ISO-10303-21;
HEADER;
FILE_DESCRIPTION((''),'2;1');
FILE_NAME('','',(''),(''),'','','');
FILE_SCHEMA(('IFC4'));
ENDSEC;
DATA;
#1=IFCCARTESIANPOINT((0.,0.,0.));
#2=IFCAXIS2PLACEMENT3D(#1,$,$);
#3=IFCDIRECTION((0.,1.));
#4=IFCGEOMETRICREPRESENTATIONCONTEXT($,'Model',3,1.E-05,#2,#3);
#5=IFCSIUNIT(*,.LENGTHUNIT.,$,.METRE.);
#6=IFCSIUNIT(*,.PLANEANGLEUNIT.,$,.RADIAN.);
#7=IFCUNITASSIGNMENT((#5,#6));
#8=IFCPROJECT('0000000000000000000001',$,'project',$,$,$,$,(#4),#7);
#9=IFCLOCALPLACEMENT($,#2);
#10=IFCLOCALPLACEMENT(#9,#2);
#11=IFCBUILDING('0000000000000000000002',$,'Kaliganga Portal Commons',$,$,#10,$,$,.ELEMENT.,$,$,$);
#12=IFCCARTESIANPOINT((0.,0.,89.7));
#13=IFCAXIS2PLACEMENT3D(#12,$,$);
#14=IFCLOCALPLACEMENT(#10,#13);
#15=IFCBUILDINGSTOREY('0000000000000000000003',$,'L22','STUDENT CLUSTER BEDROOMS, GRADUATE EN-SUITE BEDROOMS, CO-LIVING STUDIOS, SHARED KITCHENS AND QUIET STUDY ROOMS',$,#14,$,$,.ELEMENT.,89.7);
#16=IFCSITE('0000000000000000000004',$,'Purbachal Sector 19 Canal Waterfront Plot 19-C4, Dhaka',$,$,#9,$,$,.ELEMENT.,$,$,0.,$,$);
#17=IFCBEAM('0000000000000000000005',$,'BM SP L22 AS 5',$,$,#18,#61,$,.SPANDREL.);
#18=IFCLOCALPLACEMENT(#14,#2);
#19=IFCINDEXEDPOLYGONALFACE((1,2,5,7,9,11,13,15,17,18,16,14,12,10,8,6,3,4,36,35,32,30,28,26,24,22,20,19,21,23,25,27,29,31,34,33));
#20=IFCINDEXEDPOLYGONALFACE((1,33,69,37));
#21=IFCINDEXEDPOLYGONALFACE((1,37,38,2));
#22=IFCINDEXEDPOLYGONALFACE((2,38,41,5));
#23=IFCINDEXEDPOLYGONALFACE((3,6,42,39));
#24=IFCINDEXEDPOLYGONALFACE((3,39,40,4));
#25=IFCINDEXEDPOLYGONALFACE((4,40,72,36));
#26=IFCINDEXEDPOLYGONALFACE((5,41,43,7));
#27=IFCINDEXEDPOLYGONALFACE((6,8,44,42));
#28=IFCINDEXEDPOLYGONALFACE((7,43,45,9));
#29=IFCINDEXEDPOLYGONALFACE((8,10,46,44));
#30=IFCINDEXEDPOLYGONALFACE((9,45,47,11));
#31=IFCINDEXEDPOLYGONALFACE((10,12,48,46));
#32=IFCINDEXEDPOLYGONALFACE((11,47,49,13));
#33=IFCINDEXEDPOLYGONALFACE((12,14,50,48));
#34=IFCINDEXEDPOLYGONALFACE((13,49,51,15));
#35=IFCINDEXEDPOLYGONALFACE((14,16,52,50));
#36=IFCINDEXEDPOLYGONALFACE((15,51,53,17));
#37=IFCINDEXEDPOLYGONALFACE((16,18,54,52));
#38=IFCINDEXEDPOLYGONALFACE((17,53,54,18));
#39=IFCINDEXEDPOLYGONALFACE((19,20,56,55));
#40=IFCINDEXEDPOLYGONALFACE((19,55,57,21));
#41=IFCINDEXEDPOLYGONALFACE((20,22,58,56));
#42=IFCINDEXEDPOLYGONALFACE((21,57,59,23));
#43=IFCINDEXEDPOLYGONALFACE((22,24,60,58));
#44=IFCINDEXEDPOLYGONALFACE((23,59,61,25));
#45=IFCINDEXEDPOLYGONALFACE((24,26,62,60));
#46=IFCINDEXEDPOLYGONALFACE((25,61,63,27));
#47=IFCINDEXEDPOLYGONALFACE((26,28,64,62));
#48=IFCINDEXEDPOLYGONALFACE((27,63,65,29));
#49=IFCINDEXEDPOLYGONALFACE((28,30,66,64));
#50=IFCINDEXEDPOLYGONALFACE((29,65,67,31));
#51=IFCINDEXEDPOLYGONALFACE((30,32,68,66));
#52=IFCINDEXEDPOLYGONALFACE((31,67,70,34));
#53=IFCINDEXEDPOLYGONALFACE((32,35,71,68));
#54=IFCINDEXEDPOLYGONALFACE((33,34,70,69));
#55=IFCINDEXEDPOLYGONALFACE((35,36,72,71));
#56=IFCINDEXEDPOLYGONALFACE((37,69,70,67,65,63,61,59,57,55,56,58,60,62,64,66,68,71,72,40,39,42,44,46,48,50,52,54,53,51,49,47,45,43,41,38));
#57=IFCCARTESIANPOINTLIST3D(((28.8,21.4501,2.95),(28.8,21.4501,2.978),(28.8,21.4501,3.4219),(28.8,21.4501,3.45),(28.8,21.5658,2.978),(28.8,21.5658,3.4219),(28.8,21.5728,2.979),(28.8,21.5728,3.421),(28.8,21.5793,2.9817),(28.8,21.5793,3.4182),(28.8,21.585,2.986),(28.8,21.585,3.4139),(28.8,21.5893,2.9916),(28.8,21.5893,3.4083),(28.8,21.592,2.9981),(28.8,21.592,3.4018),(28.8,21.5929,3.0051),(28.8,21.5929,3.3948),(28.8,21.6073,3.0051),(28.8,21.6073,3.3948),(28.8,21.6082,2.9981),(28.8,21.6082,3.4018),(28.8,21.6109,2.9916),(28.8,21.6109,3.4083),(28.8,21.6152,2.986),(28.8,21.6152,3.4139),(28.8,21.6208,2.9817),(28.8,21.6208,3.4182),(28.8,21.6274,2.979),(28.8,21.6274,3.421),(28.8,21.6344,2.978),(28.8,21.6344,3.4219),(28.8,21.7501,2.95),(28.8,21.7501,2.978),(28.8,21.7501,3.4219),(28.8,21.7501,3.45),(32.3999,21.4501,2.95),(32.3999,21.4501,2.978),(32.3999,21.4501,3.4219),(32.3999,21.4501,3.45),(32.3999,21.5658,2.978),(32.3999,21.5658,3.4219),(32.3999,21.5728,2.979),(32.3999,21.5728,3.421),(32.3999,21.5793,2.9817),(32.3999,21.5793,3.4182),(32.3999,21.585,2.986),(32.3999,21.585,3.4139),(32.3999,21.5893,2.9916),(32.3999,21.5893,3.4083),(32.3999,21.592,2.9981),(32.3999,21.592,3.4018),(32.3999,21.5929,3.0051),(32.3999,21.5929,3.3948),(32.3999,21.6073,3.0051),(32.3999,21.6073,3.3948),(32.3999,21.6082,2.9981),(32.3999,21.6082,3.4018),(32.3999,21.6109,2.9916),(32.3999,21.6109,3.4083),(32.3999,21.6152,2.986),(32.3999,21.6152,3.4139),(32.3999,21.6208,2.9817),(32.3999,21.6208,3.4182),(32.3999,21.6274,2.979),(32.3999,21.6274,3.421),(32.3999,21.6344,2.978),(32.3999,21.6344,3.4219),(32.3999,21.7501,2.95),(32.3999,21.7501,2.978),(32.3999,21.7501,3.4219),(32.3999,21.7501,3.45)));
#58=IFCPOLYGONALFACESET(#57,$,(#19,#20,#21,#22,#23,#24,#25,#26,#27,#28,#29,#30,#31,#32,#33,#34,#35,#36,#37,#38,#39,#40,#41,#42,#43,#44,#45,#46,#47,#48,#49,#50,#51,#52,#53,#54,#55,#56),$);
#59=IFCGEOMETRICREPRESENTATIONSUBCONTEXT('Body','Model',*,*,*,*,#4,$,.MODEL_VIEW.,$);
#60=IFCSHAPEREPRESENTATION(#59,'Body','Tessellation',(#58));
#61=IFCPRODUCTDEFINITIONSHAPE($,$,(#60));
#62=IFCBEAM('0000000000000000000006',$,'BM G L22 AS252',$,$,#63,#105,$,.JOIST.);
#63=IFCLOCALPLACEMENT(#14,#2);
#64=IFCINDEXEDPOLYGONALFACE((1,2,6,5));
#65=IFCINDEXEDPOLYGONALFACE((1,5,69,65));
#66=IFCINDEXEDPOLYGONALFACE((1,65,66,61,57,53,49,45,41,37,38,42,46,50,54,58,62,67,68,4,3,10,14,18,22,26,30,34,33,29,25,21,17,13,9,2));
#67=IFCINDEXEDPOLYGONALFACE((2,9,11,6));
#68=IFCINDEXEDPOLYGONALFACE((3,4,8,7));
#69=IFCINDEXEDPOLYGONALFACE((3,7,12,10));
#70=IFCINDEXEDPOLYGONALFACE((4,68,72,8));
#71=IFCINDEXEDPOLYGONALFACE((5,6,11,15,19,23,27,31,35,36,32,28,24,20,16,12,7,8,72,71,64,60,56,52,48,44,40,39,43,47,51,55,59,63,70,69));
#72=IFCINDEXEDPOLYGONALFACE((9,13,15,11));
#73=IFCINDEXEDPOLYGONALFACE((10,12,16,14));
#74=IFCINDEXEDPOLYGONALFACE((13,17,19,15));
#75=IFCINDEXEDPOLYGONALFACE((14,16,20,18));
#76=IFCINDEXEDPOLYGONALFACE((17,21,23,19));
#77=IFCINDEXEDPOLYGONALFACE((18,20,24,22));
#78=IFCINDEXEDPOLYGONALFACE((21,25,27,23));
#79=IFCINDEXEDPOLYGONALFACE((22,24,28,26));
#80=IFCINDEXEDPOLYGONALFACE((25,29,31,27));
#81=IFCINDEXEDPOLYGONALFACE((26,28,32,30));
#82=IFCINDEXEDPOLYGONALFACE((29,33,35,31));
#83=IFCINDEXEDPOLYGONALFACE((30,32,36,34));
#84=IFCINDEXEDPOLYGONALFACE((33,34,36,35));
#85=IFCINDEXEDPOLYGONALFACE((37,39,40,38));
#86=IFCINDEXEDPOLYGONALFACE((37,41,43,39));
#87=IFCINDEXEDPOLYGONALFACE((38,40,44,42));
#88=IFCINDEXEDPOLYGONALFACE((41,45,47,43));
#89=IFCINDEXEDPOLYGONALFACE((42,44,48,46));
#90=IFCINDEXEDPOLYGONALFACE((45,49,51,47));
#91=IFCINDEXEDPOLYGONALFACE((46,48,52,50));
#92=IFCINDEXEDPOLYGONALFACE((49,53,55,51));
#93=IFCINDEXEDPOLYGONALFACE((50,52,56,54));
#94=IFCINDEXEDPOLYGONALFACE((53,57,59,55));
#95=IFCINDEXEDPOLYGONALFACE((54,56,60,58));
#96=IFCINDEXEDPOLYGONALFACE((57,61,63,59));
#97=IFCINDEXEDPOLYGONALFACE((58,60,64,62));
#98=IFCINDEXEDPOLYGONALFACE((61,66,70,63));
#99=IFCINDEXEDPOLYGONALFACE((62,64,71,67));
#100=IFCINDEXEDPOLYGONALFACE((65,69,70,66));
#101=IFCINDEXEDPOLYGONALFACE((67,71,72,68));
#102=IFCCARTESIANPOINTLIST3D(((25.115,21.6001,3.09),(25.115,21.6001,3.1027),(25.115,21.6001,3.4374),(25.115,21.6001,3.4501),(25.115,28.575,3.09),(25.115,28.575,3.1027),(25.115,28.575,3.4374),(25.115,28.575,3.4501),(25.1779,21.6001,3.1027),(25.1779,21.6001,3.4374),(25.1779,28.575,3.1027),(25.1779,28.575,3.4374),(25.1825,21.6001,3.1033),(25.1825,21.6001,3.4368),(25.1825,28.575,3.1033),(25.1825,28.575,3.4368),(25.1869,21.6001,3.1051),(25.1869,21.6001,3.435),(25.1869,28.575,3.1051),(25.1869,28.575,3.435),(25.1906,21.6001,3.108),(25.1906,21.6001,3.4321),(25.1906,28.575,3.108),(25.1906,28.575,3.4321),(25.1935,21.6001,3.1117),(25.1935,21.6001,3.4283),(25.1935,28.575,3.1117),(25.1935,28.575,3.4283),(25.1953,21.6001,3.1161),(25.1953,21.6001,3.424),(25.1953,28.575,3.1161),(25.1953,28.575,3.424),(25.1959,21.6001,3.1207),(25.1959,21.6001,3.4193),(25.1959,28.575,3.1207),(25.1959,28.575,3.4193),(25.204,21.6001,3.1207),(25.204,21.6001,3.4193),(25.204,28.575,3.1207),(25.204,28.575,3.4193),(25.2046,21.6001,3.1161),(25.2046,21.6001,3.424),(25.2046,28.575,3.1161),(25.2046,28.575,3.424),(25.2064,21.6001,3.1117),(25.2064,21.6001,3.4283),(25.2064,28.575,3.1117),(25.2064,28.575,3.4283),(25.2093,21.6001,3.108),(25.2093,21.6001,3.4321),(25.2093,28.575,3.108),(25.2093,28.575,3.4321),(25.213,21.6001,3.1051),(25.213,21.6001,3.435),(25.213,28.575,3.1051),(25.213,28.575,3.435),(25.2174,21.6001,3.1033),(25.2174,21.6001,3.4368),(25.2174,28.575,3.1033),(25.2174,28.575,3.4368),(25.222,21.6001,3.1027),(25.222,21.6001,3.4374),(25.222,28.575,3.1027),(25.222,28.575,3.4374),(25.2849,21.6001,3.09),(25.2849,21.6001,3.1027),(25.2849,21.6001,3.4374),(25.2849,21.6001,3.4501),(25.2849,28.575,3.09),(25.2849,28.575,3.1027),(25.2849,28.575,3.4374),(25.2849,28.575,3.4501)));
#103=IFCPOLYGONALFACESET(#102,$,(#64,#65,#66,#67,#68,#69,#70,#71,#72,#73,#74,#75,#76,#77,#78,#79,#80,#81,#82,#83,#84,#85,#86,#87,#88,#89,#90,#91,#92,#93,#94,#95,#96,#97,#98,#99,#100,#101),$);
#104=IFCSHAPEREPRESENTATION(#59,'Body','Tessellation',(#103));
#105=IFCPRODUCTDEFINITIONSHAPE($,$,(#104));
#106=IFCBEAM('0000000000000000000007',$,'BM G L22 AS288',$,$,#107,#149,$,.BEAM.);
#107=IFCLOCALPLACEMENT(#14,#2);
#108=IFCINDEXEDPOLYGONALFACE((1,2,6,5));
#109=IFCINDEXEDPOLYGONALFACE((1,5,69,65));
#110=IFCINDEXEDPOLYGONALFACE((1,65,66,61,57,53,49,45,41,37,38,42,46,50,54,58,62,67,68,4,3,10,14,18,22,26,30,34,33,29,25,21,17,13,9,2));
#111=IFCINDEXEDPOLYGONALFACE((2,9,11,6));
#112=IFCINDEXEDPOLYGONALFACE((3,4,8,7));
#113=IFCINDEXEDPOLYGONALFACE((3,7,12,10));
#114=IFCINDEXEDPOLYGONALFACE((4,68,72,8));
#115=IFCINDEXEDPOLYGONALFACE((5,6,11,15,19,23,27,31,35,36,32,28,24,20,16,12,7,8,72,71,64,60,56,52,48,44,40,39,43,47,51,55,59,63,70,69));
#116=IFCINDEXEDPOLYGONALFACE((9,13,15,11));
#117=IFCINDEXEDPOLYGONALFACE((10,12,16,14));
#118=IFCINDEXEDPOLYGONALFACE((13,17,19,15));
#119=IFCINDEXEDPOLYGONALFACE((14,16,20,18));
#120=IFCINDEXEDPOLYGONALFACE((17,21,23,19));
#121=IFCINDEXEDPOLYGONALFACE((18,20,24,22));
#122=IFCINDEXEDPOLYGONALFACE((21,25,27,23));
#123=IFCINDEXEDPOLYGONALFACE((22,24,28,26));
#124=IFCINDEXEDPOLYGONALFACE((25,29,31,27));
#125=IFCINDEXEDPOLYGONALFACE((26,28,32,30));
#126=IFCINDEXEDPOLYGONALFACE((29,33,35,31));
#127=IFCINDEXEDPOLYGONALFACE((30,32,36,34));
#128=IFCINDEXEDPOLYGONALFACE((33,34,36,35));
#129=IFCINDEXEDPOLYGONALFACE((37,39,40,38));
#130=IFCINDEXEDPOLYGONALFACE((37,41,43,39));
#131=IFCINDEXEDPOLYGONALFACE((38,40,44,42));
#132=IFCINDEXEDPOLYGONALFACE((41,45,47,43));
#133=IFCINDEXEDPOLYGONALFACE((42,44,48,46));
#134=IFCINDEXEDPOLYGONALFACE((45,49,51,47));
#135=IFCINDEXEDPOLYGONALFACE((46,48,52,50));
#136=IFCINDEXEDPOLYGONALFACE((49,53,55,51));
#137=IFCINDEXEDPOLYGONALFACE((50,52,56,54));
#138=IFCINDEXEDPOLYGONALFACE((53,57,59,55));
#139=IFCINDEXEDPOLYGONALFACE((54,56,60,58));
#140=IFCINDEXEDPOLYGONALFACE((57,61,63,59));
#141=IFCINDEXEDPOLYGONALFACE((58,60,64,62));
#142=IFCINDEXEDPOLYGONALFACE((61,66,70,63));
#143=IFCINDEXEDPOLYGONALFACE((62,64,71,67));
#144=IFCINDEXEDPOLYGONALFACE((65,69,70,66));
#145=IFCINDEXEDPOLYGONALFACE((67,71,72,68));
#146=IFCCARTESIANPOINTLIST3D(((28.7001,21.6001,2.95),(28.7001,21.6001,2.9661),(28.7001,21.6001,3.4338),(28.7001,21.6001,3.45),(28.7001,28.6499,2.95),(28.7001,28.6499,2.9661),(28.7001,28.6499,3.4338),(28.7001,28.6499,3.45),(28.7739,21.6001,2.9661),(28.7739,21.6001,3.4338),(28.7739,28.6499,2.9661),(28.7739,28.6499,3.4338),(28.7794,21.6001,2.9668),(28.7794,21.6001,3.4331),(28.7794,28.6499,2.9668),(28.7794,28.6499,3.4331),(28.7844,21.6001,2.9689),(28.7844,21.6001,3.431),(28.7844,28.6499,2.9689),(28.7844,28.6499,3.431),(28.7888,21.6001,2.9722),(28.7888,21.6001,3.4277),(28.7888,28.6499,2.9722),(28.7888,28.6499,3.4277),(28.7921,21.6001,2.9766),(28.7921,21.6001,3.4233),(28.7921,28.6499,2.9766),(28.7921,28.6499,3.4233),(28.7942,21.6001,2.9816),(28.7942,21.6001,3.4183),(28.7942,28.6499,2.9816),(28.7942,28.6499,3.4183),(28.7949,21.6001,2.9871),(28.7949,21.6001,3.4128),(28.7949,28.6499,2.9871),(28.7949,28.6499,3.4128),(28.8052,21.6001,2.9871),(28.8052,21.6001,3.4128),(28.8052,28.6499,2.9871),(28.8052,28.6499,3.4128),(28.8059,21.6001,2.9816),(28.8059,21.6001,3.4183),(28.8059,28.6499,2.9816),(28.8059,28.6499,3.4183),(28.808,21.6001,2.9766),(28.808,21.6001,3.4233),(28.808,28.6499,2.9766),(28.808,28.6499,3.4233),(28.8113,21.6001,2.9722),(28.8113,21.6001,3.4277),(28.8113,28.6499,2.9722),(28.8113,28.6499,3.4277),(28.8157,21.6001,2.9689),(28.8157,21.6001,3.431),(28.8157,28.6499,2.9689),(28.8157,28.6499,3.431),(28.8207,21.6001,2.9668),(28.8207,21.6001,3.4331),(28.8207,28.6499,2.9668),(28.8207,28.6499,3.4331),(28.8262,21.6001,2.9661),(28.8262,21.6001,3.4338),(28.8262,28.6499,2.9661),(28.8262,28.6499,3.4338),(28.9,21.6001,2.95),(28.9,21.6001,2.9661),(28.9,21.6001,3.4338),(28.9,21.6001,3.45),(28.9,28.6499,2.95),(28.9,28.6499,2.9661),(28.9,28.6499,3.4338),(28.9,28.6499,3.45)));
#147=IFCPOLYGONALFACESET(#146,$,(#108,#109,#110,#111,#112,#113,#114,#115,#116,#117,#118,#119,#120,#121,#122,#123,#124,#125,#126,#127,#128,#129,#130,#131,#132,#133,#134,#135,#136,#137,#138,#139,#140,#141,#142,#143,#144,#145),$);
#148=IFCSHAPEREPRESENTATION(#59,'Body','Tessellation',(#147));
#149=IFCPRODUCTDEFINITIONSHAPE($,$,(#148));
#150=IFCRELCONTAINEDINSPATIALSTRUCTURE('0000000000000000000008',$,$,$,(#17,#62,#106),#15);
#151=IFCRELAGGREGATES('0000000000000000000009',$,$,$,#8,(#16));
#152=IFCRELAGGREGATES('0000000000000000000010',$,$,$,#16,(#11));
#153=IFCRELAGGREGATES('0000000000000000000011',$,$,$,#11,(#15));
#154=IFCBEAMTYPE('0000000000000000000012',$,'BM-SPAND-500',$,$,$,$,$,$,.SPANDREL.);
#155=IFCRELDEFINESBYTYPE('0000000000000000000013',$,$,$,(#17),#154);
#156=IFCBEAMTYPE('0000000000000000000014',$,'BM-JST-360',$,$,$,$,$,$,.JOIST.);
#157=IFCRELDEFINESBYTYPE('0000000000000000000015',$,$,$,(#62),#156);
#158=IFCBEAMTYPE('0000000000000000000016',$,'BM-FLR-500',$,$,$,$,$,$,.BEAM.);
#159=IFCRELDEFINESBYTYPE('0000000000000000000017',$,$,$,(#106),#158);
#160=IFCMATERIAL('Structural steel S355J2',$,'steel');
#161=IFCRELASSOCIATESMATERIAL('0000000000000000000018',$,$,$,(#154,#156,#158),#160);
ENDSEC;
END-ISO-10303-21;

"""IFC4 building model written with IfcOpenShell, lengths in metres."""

from ifc_helpers import new_model, si_unit, direction, frame, origin, origin_2d, place, context, subcontext, project, spatial, i_section, extrude, source, transform, mapped, material, material_profile, profile_set, type_object, element, save


model = new_model("IFC4")

# Units and contexts
model_context = context("Model", 3, precision=1e-05, world=origin(), true_north=direction((0.0, 1.0)))
body_context = subcontext(model_context, "Body", "Model", "MODEL_VIEW")
ifc_project = project(units=[si_unit("LENGTHUNIT", "METRE"), si_unit("PLANEANGLEUNIT", "RADIAN")], contexts=[model_context])

# Site, building, storey
site_placement = place(None, origin())
site = spatial("IfcSite", under=ifc_project, at=site_placement, Name="Purbachal Sector 19 Canal Waterfront Plot 19-C4, Dhaka", CompositionType="ELEMENT", RefElevation=0.0)
building_placement = place(site_placement, origin())
building = spatial("IfcBuilding", under=site, at=building_placement, Name="Kaliganga Portal Commons", CompositionType="ELEMENT")
storey_placement = place(building_placement, frame((0.0, 0.0, 89.7)))
storey = spatial("IfcBuildingStorey", under=building, at=storey_placement, Name="L22", Description="STUDENT CLUSTER BEDROOMS, GRADUATE EN-SUITE BEDROOMS, CO-LIVING STUDIOS, SHARED KITCHENS AND QUIET STUDY ROOMS", CompositionType="ELEMENT", Elevation=89.7)

# Beams
ifc_material_1 = material(Name="Structural steel S355J2", Category="steel")
ifc_material_profile_1 = material_profile(ifc_material_1, i_section(OverallWidth=0.3, OverallDepth=0.5, WebThickness=0.0144, FlangeThickness=0.0281, FilletRadius=0.0271, at=origin_2d()), Name="HE 500 B")
ifc_profile_set_1 = profile_set([ifc_material_profile_1], Name="Structural steel S355J2 wide-flange")
beam_type_1 = type_object("IfcBeamType", Name="BM-SPAND-500", PredefinedType="SPANDREL", material=ifc_profile_set_1)
shared_shape_1 = source(origin(), body_context, "Body", "SweptSolid", [
    extrude(i_section(OverallWidth=0.3, OverallDepth=0.5, WebThickness=0.0144, FlangeThickness=0.0281, FilletRadius=0.0271, at=origin_2d()), origin(), (0.0, 0.0, 1.0), 3.5999),
])
for number, where, z_axis, x_axis, name in (
    (1, (28.8, 21.6001, 3.2), (1.0, 0.0, 0.0), (0.0, 1.0, 0.0), "BM SP L22 AS 5"),
):
    element("IfcBeam", number, at=place(storey_placement, frame(where, z_axis=z_axis, x_axis=x_axis)), inside=storey, type_object=beam_type_1, Name=name, PredefinedType="SPANDREL", context=body_context, shape_type="MappedRepresentation", body=[
        mapped(shared_shape_1, transform((0.0, 0.0, 0.0), x_axis=(1.0, 0.0, 0.0), y_axis=(0.0, 1.0, 0.0), z_axis=(0.0, 0.0, 1.0), scale=1.0)),
    ])
ifc_material_profile_2 = material_profile(ifc_material_1, i_section(OverallWidth=0.1699, OverallDepth=0.3601, WebThickness=0.0081, FlangeThickness=0.0127, FilletRadius=0.0181, at=origin_2d()), Name="IPE 360")
ifc_profile_set_2 = profile_set([ifc_material_profile_2], Name="Structural steel S355J2 wide-flange")
beam_type_2 = type_object("IfcBeamType", Name="BM-JST-360", PredefinedType="JOIST", material=ifc_profile_set_2)
shared_shape_2 = source(origin(), body_context, "Body", "SweptSolid", [
    extrude(i_section(OverallWidth=0.1699, OverallDepth=0.3601, WebThickness=0.0081, FlangeThickness=0.0127, FilletRadius=0.0181, at=origin_2d()), origin(), (0.0, 0.0, 1.0), 6.9749),
])
beam_1_placement = place(storey_placement, frame((25.2, 21.6001, 3.27), z_axis=(0.0, 1.0, 0.0), x_axis=(-1.0, 0.0, 0.0)))
element("IfcBeam", 2, at=beam_1_placement, inside=storey, type_object=beam_type_2, Name="BM G L22 AS252", PredefinedType="JOIST", context=body_context, shape_type="MappedRepresentation", body=[
    mapped(shared_shape_2, transform((0.0, 0.0, 0.0), x_axis=(1.0, 0.0, 0.0), y_axis=(0.0, 1.0, 0.0), z_axis=(0.0, 0.0, 1.0), scale=1.0)),
])
ifc_material_profile_3 = material_profile(ifc_material_1, i_section(OverallWidth=0.2, OverallDepth=0.5, WebThickness=0.0103, FlangeThickness=0.0161, FilletRadius=0.021, at=origin_2d()), Name="IPE 500")
ifc_profile_set_3 = profile_set([ifc_material_profile_3], Name="Structural steel S355J2 wide-flange")
beam_type_3 = type_object("IfcBeamType", Name="BM-FLR-500", PredefinedType="BEAM", material=ifc_profile_set_3)
shared_shape_3 = source(origin(), body_context, "Body", "SweptSolid", [
    extrude(i_section(OverallWidth=0.2, OverallDepth=0.5, WebThickness=0.0103, FlangeThickness=0.0161, FilletRadius=0.021, at=origin_2d()), origin(), (0.0, 0.0, 1.0), 7.0498),
])
beam_2_placement = place(storey_placement, frame((28.8, 21.6001, 3.2), z_axis=(0.0, 1.0, 0.0), x_axis=(-1.0, 0.0, 0.0)))
element("IfcBeam", 3, at=beam_2_placement, inside=storey, type_object=beam_type_3, Name="BM G L22 AS288", PredefinedType="BEAM", context=body_context, shape_type="MappedRepresentation", body=[
    mapped(shared_shape_3, transform((0.0, 0.0, 0.0), x_axis=(1.0, 0.0, 0.0), y_axis=(0.0, 1.0, 0.0), z_axis=(0.0, 0.0, 1.0), scale=1.0)),
])

save(model, "model.ifc")
